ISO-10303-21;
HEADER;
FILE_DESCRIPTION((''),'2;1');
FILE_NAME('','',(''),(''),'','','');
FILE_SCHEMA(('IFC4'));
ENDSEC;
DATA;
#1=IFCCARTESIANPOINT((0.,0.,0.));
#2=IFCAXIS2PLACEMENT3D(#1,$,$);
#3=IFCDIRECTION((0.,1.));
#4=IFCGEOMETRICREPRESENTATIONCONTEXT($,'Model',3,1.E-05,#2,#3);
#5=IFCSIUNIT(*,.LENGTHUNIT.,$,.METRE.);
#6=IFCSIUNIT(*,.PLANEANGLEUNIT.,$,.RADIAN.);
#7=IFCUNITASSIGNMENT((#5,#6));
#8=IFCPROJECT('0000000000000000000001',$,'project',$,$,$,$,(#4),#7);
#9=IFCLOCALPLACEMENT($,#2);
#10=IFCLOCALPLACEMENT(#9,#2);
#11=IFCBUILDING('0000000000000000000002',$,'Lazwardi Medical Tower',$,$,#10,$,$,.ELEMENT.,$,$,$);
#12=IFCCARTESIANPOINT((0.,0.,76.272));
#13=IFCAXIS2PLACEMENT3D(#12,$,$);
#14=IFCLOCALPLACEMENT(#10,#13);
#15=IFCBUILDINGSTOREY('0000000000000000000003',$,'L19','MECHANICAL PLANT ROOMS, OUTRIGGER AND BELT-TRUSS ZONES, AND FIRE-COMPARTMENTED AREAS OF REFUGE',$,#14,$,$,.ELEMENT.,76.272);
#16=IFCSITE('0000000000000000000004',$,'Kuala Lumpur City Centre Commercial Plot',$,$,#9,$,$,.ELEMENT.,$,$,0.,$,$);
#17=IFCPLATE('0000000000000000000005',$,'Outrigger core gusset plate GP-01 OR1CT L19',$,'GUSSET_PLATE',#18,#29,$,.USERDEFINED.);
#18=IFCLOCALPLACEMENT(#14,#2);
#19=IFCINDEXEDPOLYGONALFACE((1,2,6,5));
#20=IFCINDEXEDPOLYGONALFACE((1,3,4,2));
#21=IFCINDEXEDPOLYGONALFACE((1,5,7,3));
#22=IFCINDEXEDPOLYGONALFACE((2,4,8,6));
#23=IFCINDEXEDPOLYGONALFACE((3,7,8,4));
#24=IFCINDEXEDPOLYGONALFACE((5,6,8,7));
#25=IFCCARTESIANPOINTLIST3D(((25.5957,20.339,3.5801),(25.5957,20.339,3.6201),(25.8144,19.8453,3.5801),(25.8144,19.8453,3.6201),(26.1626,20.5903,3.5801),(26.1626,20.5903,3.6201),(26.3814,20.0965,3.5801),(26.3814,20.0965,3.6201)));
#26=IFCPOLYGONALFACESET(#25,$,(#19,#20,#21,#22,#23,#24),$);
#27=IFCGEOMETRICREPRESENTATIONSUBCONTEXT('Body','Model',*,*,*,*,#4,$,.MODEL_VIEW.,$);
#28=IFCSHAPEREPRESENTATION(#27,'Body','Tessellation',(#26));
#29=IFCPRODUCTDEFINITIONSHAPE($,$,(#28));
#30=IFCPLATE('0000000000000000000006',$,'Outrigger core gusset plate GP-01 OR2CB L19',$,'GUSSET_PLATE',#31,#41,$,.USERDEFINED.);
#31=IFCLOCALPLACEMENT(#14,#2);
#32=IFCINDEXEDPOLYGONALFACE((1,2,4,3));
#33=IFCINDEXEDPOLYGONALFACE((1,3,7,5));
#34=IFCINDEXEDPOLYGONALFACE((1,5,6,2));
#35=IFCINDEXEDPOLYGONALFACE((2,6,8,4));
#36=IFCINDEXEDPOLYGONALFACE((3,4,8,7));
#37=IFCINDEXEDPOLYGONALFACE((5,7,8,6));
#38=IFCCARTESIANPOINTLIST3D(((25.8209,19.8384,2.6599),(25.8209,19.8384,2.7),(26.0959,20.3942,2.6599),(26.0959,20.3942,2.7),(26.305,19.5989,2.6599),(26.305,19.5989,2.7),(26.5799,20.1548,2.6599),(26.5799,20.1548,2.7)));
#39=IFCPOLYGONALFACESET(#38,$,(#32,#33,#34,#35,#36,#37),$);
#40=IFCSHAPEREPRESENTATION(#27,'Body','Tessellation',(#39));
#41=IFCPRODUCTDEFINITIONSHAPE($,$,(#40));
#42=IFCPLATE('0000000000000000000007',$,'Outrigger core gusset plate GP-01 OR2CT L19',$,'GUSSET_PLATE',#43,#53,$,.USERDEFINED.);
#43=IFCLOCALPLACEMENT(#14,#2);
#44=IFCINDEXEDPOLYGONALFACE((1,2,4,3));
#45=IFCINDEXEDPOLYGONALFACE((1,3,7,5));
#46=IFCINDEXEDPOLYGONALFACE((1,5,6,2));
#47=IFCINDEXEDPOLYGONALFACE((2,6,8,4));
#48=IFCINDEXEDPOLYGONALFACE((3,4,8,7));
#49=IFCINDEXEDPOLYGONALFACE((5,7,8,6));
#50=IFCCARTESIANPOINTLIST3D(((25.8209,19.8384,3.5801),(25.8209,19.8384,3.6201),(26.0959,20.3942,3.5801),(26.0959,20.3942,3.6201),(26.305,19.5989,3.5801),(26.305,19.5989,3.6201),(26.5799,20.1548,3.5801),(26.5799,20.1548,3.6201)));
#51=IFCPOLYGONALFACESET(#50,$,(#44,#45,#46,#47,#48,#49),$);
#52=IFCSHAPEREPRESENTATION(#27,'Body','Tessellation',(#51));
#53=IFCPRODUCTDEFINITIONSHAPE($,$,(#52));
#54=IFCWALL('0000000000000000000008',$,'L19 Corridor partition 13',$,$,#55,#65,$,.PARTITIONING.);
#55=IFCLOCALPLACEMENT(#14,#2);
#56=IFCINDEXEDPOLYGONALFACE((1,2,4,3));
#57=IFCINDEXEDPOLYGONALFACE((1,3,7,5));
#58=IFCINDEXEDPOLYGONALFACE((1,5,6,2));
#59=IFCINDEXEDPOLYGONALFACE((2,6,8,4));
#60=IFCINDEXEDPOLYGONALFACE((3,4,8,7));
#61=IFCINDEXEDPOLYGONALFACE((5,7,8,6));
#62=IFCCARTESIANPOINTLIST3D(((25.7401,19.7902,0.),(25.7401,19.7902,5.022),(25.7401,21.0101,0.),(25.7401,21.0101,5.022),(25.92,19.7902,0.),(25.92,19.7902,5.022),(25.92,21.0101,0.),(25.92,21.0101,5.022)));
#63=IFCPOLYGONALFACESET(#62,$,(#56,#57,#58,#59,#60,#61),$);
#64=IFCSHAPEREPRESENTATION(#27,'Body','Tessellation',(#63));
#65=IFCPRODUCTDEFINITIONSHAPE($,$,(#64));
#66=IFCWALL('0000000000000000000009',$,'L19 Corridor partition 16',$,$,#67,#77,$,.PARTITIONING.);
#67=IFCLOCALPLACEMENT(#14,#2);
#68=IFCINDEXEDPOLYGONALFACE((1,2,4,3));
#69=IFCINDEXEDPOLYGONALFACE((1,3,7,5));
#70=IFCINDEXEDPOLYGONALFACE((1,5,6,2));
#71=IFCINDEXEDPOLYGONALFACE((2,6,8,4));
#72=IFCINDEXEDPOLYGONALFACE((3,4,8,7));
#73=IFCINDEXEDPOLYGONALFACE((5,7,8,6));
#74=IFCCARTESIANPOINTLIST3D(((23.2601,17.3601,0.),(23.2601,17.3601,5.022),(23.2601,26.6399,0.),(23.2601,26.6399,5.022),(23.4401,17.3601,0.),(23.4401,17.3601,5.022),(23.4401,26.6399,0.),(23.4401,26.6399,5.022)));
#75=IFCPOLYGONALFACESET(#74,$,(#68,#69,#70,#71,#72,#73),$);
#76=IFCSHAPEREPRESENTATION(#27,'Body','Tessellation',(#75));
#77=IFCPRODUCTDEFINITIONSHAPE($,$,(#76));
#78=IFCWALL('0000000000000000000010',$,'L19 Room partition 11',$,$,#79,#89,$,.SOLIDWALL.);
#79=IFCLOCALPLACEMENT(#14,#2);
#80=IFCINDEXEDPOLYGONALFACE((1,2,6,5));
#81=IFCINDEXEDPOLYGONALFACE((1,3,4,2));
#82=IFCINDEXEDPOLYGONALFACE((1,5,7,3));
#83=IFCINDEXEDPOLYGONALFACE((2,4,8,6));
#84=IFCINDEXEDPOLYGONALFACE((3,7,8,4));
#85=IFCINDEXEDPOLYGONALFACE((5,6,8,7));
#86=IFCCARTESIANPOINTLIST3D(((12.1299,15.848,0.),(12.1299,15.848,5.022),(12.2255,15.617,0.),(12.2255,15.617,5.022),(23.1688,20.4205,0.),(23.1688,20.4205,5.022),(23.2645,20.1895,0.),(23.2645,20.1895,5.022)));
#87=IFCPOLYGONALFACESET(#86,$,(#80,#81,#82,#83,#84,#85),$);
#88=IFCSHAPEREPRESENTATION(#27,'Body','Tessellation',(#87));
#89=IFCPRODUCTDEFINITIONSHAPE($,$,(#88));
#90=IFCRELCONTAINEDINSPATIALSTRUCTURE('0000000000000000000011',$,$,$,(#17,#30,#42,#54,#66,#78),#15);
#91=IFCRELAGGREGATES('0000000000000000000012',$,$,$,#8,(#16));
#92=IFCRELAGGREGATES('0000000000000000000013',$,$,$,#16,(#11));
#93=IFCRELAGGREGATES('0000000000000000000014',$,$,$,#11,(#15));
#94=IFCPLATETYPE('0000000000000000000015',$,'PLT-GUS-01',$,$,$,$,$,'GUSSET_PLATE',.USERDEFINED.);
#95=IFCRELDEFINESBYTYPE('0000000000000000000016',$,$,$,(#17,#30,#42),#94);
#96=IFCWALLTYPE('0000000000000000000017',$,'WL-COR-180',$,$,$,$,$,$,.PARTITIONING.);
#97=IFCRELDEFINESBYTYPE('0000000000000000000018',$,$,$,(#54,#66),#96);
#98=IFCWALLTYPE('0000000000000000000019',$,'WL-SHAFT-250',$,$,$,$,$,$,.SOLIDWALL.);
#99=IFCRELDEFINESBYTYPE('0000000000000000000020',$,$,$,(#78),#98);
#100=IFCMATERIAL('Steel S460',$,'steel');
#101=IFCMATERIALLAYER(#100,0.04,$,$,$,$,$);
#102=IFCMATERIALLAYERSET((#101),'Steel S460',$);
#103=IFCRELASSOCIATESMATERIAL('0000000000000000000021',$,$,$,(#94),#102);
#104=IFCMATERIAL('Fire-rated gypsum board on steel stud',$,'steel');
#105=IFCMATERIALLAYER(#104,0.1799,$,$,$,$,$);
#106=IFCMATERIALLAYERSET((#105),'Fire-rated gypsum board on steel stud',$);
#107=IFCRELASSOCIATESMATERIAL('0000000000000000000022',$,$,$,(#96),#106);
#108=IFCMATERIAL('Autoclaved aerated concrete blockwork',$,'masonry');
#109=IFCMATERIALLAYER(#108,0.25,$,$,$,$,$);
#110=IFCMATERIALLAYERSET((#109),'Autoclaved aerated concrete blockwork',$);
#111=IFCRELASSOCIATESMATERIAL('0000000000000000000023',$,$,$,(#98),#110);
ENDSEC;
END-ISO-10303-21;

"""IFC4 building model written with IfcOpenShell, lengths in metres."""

from ifc_helpers import new_model, si_unit, direction, frame, frame_2d, origin, origin_2d, place, context, subcontext, project, spatial, rectangle, extrude, material, layer, layer_set, type_object, element, save


model = new_model("IFC4")

# Units and contexts
model_context = context("Model", 3, precision=1e-05, world=origin(), true_north=direction((0.0, 1.0)))
body_context = subcontext(model_context, "Body", "Model", "MODEL_VIEW")
ifc_project = project(units=[si_unit("LENGTHUNIT", "METRE"), si_unit("PLANEANGLEUNIT", "RADIAN")], contexts=[model_context])

# Site, building, storey
site_placement = place(None, origin())
site = spatial("IfcSite", under=ifc_project, at=site_placement, Name="Kuala Lumpur City Centre Commercial Plot", CompositionType="ELEMENT", RefElevation=0.0)
building_placement = place(site_placement, origin())
building = spatial("IfcBuilding", under=site, at=building_placement, Name="Lazwardi Medical Tower", CompositionType="ELEMENT")
storey_placement = place(building_placement, frame((0.0, 0.0, 76.272)))
storey = spatial("IfcBuildingStorey", under=building, at=storey_placement, Name="L19", Description="MECHANICAL PLANT ROOMS, OUTRIGGER AND BELT-TRUSS ZONES, AND FIRE-COMPARTMENTED AREAS OF REFUGE", CompositionType="ELEMENT", Elevation=76.272)

# Shared definitions
ifc_material_1 = material(Name="Steel S460", Category="steel")

# Plates
ifc_layer_1 = layer(ifc_material_1, 0.04)
ifc_layer_set_1 = layer_set([ifc_layer_1], Name="Steel S460")
plate_type = type_object("IfcPlateType", Name="PLT-GUS-01", ElementType="GUSSET_PLATE", PredefinedType="USERDEFINED", material=ifc_layer_set_1)
for number, where, z_axis, x_axis, name in (
    (1, (25.9885, 20.2178, 3.5801), (0.0, 0.0, 1.0), (-0.914254, -0.405142, 0.0), "Outrigger core gusset plate GP-01 OR1CT L19"),
    (2, (26.2004, 19.9966, 2.6599), (0.0, 0.0, 1.0), (-0.443384, -0.896332, 0.0), "Outrigger core gusset plate GP-01 OR2CB L19"),
    (3, (26.2004, 19.9966, 3.5801), (0.0, 0.0, 1.0), (-0.443384, -0.896332, 0.0), "Outrigger core gusset plate GP-01 OR2CT L19"),
):
    element("IfcPlate", number, at=place(storey_placement, frame(where, z_axis=z_axis, x_axis=x_axis)), inside=storey, type_object=plate_type, Name=name, ObjectType="GUSSET_PLATE", PredefinedType="USERDEFINED", context=body_context, shape_type="SweptSolid", body=[
        extrude(rectangle(XDim=0.6201, YDim=0.54, at=origin_2d()), origin(), (0.0, 0.0, 1.0), 0.04),
    ])

# Walls
ifc_material_2 = material(Name="Fire-rated gypsum board on steel stud", Category="steel")
ifc_layer_2 = layer(ifc_material_2, 0.1799)
ifc_layer_set_2 = layer_set([ifc_layer_2], Name="Fire-rated gypsum board on steel stud")
wall_type_1 = type_object("IfcWallType", Name="WL-COR-180", PredefinedType="PARTITIONING", material=ifc_layer_set_2)
wall_1_placement = place(storey_placement, frame((25.8301, 21.01, 0.0), z_axis=(0.0, 0.0, 1.0), x_axis=(0.0, -1.0, 0.0)))
element("IfcWall", 4, at=wall_1_placement, inside=storey, type_object=wall_type_1, Name="L19 Corridor partition 13", PredefinedType="PARTITIONING", context=body_context, shape_type="SweptSolid", body=[
    extrude(rectangle(XDim=1.22, YDim=0.1799, at=frame_2d((0.6099, 0.0))), origin(), (0.0, 0.0, 1.0), 5.022),
])
wall_2_placement = place(storey_placement, frame((23.3501, 17.3601, 0.0), z_axis=(0.0, 0.0, 1.0), x_axis=(0.0, 1.0, 0.0)))
element("IfcWall", 5, at=wall_2_placement, inside=storey, type_object=wall_type_1, Name="L19 Corridor partition 16", PredefinedType="PARTITIONING", context=body_context, shape_type="SweptSolid", body=[
    extrude(rectangle(XDim=9.2798, YDim=0.1799, at=frame_2d((4.6399, 0.0))), origin(), (0.0, 0.0, 1.0), 5.022),
])

# Wall
ifc_material_3 = material(Name="Autoclaved aerated concrete blockwork", Category="masonry")
ifc_layer_3 = layer(ifc_material_3, 0.25)
ifc_layer_set_3 = layer_set([ifc_layer_3], Name="Autoclaved aerated concrete blockwork")
wall_type_2 = type_object("IfcWallType", Name="WL-SHAFT-250", PredefinedType="SOLIDWALL", material=ifc_layer_set_3)
wall_3_placement = place(storey_placement, frame((23.2166, 20.3049, 0.0), z_axis=(0.0, 0.0, 1.0), x_axis=(-0.92388, -0.382682, 0.0)))
element("IfcWall", 6, at=wall_3_placement, inside=storey, type_object=wall_type_2, Name="L19 Room partition 11", PredefinedType="SOLIDWALL", context=body_context, shape_type="SweptSolid", body=[
    extrude(rectangle(XDim=11.9485, YDim=0.25, at=frame_2d((5.9741, 0.0))), origin(), (0.0, 0.0, 1.0), 5.022),
])

save(model, "model.ifc")
